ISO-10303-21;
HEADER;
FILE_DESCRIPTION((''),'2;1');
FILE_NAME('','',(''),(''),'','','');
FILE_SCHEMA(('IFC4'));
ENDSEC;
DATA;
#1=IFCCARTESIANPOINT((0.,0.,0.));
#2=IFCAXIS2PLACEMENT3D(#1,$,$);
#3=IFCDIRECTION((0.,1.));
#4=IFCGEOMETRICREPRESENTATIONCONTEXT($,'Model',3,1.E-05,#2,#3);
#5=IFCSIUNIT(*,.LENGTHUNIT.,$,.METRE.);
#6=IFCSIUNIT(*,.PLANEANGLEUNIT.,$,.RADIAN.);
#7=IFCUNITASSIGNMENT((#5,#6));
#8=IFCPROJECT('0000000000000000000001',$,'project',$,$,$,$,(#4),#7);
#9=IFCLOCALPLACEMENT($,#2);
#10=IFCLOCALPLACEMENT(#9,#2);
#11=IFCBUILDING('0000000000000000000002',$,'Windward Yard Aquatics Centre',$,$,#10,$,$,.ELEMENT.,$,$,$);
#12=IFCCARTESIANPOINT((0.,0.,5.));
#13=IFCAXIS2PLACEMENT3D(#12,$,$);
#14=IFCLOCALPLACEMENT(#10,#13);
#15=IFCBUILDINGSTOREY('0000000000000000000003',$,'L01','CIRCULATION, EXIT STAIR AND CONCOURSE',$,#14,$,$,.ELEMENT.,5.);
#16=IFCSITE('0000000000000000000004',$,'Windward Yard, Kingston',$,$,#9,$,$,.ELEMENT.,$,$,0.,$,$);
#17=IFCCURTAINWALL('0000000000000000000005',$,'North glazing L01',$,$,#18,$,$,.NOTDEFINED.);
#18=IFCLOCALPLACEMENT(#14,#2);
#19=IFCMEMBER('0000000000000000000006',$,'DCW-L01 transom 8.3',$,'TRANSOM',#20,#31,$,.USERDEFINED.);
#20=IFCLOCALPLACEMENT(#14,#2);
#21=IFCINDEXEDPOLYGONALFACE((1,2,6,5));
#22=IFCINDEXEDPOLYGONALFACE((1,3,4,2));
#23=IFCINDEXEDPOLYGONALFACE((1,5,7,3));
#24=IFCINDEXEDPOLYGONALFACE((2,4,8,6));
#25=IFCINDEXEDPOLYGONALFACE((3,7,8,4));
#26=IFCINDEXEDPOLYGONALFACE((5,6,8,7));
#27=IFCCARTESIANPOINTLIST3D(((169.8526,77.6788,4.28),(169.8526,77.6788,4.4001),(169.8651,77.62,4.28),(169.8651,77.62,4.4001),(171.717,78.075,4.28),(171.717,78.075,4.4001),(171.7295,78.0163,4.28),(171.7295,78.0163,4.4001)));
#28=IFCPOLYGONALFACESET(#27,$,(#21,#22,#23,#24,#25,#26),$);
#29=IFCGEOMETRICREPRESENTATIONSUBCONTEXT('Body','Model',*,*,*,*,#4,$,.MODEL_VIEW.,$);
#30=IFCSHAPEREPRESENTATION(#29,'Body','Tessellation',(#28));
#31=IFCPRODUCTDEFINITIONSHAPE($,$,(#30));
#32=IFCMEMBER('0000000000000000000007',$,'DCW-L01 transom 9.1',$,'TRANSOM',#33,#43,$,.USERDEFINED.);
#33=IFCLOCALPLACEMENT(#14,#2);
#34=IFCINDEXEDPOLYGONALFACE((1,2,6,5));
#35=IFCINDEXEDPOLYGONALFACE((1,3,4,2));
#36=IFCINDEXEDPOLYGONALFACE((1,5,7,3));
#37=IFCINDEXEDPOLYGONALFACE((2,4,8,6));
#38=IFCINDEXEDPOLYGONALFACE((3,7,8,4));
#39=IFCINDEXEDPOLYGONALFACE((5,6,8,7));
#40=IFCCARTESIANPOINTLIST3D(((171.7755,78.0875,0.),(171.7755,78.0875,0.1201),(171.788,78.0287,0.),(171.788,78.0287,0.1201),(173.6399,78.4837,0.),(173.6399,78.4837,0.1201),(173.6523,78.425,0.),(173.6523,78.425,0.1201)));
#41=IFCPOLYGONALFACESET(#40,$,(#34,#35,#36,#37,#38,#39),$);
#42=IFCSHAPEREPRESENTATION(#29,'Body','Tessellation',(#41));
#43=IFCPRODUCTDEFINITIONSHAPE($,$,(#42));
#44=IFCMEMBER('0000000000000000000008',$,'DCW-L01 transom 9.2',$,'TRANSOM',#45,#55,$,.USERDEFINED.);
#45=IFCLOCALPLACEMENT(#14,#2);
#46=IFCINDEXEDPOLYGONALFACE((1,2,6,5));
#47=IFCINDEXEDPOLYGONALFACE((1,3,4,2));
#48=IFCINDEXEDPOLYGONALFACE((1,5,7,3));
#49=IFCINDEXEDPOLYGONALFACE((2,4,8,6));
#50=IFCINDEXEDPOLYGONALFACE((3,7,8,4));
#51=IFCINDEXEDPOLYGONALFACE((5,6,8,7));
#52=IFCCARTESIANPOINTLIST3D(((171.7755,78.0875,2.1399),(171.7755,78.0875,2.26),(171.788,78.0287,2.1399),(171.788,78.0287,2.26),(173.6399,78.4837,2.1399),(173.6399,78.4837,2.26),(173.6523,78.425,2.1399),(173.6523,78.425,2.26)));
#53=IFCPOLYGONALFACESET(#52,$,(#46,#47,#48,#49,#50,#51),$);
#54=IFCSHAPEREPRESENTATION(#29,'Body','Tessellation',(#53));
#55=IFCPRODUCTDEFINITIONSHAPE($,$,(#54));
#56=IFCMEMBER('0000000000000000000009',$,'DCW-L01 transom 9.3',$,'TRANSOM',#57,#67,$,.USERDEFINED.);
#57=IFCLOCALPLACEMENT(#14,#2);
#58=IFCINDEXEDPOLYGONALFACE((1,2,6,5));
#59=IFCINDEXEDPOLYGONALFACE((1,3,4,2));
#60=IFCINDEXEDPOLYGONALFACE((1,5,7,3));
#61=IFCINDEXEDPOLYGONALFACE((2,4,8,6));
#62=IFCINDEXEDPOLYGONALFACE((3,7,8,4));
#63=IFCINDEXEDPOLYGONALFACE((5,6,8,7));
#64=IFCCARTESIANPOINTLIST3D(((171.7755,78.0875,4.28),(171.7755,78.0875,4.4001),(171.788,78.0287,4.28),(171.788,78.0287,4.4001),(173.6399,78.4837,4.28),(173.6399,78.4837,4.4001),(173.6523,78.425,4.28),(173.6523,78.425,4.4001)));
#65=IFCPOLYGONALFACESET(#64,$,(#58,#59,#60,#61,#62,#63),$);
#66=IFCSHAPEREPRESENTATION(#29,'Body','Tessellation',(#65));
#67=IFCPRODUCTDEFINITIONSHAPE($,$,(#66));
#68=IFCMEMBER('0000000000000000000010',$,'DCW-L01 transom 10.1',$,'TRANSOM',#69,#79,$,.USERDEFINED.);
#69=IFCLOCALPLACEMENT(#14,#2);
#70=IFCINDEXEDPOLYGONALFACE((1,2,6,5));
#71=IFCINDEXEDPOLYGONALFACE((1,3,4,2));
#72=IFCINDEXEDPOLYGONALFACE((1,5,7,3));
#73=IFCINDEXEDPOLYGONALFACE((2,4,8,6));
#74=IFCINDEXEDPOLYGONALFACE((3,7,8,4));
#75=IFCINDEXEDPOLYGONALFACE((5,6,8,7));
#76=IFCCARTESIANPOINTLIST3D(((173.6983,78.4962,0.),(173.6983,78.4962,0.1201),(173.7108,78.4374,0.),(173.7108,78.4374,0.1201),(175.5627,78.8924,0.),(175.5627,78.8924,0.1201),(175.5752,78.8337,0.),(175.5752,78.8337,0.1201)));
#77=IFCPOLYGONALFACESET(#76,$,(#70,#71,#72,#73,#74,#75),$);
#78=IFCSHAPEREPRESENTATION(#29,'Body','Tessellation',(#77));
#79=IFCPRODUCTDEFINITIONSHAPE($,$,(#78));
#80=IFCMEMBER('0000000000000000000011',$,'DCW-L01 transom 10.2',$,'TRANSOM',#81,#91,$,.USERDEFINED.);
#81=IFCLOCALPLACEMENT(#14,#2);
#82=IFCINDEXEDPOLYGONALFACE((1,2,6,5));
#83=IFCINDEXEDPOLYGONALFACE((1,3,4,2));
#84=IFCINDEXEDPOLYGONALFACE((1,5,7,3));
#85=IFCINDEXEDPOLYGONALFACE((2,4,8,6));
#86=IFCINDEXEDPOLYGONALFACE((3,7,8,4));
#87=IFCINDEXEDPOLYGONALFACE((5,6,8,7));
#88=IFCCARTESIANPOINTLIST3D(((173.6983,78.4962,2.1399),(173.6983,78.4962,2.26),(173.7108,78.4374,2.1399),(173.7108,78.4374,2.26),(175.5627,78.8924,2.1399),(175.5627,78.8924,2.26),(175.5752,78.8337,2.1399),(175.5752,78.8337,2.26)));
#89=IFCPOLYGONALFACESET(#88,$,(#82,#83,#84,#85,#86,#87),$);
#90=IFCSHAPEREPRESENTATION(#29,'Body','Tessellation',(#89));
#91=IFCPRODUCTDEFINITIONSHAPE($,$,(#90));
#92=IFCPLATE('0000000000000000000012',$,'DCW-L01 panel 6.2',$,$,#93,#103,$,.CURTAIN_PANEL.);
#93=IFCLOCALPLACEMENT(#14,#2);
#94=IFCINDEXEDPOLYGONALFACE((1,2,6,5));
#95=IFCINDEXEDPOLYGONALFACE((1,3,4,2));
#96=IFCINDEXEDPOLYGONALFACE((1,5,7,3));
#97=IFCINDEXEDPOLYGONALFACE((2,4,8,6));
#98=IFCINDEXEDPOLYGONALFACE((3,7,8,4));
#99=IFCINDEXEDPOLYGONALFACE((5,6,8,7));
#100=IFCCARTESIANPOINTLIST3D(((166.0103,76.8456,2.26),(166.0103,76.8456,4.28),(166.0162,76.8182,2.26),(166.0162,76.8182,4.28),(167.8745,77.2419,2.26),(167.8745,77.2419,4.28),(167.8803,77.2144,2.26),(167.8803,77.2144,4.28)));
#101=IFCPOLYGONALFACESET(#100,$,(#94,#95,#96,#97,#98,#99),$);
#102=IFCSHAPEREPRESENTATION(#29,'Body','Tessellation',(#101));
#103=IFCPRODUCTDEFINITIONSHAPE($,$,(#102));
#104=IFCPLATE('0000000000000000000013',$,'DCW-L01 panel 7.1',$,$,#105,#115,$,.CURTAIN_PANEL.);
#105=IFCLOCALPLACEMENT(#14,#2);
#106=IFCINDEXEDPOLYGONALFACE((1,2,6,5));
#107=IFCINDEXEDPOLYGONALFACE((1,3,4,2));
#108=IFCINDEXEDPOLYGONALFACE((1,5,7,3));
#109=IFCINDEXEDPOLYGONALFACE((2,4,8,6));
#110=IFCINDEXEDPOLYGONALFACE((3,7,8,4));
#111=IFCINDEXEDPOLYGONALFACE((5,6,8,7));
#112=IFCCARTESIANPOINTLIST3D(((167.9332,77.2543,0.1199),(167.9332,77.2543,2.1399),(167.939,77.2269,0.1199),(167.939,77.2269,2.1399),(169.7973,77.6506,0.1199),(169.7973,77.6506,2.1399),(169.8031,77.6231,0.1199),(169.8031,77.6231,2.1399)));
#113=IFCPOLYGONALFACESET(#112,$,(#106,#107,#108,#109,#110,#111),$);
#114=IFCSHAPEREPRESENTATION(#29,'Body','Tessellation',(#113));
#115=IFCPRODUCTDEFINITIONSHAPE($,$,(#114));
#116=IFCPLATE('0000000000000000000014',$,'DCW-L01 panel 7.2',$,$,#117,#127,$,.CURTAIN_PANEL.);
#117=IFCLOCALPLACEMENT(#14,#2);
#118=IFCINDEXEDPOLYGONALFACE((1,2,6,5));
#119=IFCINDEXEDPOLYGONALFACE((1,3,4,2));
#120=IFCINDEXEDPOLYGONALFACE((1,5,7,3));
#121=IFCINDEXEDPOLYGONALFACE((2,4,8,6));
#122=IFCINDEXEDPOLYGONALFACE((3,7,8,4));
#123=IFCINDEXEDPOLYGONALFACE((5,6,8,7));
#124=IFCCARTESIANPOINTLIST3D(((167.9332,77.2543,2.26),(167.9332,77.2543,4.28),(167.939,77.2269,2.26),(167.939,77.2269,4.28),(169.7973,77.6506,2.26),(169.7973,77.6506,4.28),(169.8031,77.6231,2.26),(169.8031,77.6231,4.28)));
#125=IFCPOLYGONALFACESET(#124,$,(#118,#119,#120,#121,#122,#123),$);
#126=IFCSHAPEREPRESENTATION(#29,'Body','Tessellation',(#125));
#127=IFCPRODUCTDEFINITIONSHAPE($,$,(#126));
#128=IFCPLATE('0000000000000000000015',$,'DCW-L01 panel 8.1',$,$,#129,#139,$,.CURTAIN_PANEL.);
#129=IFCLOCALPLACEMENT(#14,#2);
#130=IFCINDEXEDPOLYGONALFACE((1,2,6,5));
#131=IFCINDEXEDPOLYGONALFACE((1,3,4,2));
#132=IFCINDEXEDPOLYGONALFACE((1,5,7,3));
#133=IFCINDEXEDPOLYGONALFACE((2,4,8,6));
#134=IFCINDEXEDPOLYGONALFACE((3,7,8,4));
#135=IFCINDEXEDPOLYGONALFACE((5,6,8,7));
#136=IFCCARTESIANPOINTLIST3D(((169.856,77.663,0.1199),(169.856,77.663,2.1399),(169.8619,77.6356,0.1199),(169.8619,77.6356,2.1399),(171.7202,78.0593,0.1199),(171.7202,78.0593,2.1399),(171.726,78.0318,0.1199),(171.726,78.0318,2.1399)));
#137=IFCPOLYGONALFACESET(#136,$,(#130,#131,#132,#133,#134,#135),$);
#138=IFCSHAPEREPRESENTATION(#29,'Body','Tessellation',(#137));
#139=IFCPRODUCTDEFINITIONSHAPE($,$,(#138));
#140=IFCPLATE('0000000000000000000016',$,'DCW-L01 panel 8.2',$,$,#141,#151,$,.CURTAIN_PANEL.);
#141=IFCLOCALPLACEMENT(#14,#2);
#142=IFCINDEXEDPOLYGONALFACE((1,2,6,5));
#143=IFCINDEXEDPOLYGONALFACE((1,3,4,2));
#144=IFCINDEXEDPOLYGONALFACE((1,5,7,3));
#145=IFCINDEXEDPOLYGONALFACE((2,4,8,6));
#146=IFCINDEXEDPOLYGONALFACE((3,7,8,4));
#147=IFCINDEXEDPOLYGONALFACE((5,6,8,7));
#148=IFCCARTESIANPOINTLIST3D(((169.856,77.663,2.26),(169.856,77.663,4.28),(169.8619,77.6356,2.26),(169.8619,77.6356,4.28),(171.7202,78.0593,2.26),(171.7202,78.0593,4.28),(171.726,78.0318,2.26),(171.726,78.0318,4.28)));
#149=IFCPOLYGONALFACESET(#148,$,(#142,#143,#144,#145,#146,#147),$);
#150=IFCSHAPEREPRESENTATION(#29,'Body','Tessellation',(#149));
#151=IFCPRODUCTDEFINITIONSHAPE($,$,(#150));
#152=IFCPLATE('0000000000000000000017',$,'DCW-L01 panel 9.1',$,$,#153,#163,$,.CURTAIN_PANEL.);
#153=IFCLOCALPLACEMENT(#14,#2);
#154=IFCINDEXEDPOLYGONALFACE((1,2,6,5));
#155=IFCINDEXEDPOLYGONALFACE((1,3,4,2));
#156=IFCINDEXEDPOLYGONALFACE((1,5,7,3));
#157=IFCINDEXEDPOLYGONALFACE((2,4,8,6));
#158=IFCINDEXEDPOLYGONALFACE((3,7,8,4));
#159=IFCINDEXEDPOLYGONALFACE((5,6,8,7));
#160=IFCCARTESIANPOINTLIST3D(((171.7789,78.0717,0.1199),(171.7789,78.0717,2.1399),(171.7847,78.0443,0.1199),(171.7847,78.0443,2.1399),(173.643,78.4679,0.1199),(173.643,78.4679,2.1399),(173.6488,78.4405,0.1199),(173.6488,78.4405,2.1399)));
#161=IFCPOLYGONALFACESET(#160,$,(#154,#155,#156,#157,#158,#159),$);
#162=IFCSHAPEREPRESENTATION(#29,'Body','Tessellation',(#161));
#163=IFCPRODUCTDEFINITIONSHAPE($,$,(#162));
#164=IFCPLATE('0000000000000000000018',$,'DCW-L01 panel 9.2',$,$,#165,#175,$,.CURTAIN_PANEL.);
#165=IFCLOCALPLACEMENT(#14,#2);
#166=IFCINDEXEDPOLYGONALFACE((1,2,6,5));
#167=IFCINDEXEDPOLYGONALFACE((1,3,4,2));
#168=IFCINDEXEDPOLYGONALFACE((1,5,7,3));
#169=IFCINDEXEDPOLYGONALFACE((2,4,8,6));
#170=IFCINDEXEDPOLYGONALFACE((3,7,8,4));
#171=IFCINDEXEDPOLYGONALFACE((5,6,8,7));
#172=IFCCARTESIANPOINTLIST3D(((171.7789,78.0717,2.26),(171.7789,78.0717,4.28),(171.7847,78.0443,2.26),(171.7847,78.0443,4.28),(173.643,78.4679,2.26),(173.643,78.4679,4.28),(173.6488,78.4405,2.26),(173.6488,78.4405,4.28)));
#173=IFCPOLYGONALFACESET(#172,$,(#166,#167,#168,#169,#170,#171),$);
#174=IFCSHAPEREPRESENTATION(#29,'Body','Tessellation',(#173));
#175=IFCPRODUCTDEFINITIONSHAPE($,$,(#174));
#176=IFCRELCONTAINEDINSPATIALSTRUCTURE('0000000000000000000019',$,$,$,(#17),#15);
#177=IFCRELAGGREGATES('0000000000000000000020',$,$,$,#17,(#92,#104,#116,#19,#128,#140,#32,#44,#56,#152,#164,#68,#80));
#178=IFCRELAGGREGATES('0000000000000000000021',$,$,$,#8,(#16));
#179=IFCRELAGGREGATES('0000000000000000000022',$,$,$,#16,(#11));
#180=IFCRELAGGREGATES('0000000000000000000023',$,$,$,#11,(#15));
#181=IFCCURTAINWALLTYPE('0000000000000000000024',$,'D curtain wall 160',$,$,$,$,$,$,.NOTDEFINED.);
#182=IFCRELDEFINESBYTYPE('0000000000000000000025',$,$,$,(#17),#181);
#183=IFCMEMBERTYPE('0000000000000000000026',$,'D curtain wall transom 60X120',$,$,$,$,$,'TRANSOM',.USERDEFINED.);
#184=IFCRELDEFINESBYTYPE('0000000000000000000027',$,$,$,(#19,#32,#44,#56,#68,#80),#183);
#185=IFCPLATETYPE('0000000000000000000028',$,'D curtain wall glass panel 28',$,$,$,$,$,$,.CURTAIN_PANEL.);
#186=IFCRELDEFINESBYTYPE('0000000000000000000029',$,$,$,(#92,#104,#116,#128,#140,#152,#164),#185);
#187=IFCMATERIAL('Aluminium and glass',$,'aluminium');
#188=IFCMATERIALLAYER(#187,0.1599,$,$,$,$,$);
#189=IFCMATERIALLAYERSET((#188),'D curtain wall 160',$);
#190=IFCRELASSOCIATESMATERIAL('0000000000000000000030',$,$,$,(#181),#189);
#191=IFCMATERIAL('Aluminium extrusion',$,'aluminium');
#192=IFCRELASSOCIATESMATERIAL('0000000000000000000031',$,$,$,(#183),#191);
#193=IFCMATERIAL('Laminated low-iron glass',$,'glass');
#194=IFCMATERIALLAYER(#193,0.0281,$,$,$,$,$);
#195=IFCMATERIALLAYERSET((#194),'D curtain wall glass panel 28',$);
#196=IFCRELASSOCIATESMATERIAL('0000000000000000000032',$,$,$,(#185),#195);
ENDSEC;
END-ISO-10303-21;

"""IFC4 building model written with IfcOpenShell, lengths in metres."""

from ifc_helpers import new_model, si_unit, direction, frame, origin, origin_2d, place, context, subcontext, project, spatial, rectangle, extrude, material, layer, layer_set, material_profile, profile_set, type_object, element, aggregate, save


model = new_model("IFC4")

# Units and contexts
model_context = context("Model", 3, precision=1e-05, world=origin(), true_north=direction((0.0, 1.0)))
body_context = subcontext(model_context, "Body", "Model", "MODEL_VIEW")
ifc_project = project(units=[si_unit("LENGTHUNIT", "METRE"), si_unit("PLANEANGLEUNIT", "RADIAN")], contexts=[model_context])

# Site, building, storey
site_placement = place(None, origin())
site = spatial("IfcSite", under=ifc_project, at=site_placement, Name="Windward Yard, Kingston", CompositionType="ELEMENT", RefElevation=0.0)
building_placement = place(site_placement, origin())
building = spatial("IfcBuilding", under=site, at=building_placement, Name="Windward Yard Aquatics Centre", CompositionType="ELEMENT")
storey_placement = place(building_placement, frame((0.0, 0.0, 5.0)))
storey = spatial("IfcBuildingStorey", under=building, at=storey_placement, Name="L01", Description="CIRCULATION, EXIT STAIR AND CONCOURSE", CompositionType="ELEMENT", Elevation=5.0)

# Curtain wall, members, plates
ifc_material_1 = material(Name="Aluminium and glass", Category="aluminium")
ifc_layer_1 = layer(ifc_material_1, 0.1599)
ifc_layer_set_1 = layer_set([ifc_layer_1], Name="D curtain wall 160")
curtain_wall_type = type_object("IfcCurtainWallType", Name="D curtain wall 160", PredefinedType="NOTDEFINED", material=ifc_layer_set_1)
curtain_wall_placement = place(storey_placement, origin())
curtain_wall = element("IfcCurtainWall", 1, at=curtain_wall_placement, inside=storey, type_object=curtain_wall_type, Name="North glazing L01", PredefinedType="NOTDEFINED")
ifc_material_2 = material(Name="Aluminium extrusion", Category="aluminium")
ifc_material_profile_1 = material_profile(ifc_material_2, rectangle(XDim=0.0601, YDim=0.1201, at=origin_2d()), Name="TRANSOM 60X120")
ifc_profile_set_1 = profile_set([ifc_material_profile_1], Name="Aluminium extrusion")
member_type_1 = type_object("IfcMemberType", Name="D curtain wall transom 60X120", ElementType="TRANSOM", PredefinedType="USERDEFINED", material=ifc_profile_set_1)
member_1_placement = place(storey_placement, frame((169.8589, 77.6494, 4.3401), z_axis=(0.97815, 0.207902, 0.0), x_axis=(-0.207902, 0.97815, 0.0)))
member_1 = element("IfcMember", 2, at=member_1_placement, type_object=member_type_1, Name="DCW-L01 transom 8.3", ObjectType="TRANSOM", PredefinedType="USERDEFINED", context=body_context, shape_type="SweptSolid", body=[
    extrude(rectangle(XDim=0.0601, YDim=0.1201, at=origin_2d()), origin(), (0.0, 0.0, 1.0), 1.906),
])
member_2_placement = place(storey_placement, frame((171.7817, 78.0581, 0.0601), z_axis=(0.97815, 0.207902, 0.0), x_axis=(-0.207902, 0.97815, 0.0)))
member_2 = element("IfcMember", 3, at=member_2_placement, type_object=member_type_1, Name="DCW-L01 transom 9.1", ObjectType="TRANSOM", PredefinedType="USERDEFINED", context=body_context, shape_type="SweptSolid", body=[
    extrude(rectangle(XDim=0.0601, YDim=0.1201, at=origin_2d()), origin(), (0.0, 0.0, 1.0), 1.906),
])
member_3_placement = place(storey_placement, frame((171.7817, 78.0581, 2.2), z_axis=(0.97815, 0.207902, 0.0), x_axis=(-0.207902, 0.97815, 0.0)))
member_3 = element("IfcMember", 4, at=member_3_placement, type_object=member_type_1, Name="DCW-L01 transom 9.2", ObjectType="TRANSOM", PredefinedType="USERDEFINED", context=body_context, shape_type="SweptSolid", body=[
    extrude(rectangle(XDim=0.0601, YDim=0.1201, at=origin_2d()), origin(), (0.0, 0.0, 1.0), 1.906),
])
member_4_placement = place(storey_placement, frame((171.7817, 78.0581, 4.3401), z_axis=(0.97815, 0.207902, 0.0), x_axis=(-0.207902, 0.97815, 0.0)))
member_4 = element("IfcMember", 5, at=member_4_placement, type_object=member_type_1, Name="DCW-L01 transom 9.3", ObjectType="TRANSOM", PredefinedType="USERDEFINED", context=body_context, shape_type="SweptSolid", body=[
    extrude(rectangle(XDim=0.0601, YDim=0.1201, at=origin_2d()), origin(), (0.0, 0.0, 1.0), 1.906),
])
member_5_placement = place(storey_placement, frame((173.7046, 78.4668, 0.0601), z_axis=(0.97815, 0.207902, 0.0), x_axis=(-0.207902, 0.97815, 0.0)))
member_5 = element("IfcMember", 6, at=member_5_placement, type_object=member_type_1, Name="DCW-L01 transom 10.1", ObjectType="TRANSOM", PredefinedType="USERDEFINED", context=body_context, shape_type="SweptSolid", body=[
    extrude(rectangle(XDim=0.0601, YDim=0.1201, at=origin_2d()), origin(), (0.0, 0.0, 1.0), 1.906),
])
member_6_placement = place(storey_placement, frame((173.7046, 78.4668, 2.2), z_axis=(0.97815, 0.207902, 0.0), x_axis=(-0.207902, 0.97815, 0.0)))
member_6 = element("IfcMember", 7, at=member_6_placement, type_object=member_type_1, Name="DCW-L01 transom 10.2", ObjectType="TRANSOM", PredefinedType="USERDEFINED", context=body_context, shape_type="SweptSolid", body=[
    extrude(rectangle(XDim=0.0601, YDim=0.1201, at=origin_2d()), origin(), (0.0, 0.0, 1.0), 1.906),
])
ifc_material_3 = material(Name="Laminated low-iron glass", Category="glass")
ifc_layer_2 = layer(ifc_material_3, 0.0281)
ifc_layer_set_2 = layer_set([ifc_layer_2], Name="D curtain wall glass panel 28")
plate_type = type_object("IfcPlateType", Name="D curtain wall glass panel 28", PredefinedType="CURTAIN_PANEL", material=ifc_layer_set_2)
plate_1_placement = place(storey_placement, frame((166.9453, 77.03, 2.26), z_axis=(0.0, 0.0, 1.0), x_axis=(0.978148, 0.207912, 0.0)))
plate_1 = element("IfcPlate", 8, at=plate_1_placement, type_object=plate_type, Name="DCW-L01 panel 6.2", PredefinedType="CURTAIN_PANEL", context=body_context, shape_type="SweptSolid", body=[
    extrude(rectangle(XDim=1.9058, YDim=0.0281, at=origin_2d()), origin(), (0.0, 0.0, 1.0), 2.02),
])
plate_2_placement = place(storey_placement, frame((168.8682, 77.4387, 0.1199), z_axis=(0.0, 0.0, 1.0), x_axis=(0.978148, 0.207912, 0.0)))
plate_2 = element("IfcPlate", 9, at=plate_2_placement, type_object=plate_type, Name="DCW-L01 panel 7.1", PredefinedType="CURTAIN_PANEL", context=body_context, shape_type="SweptSolid", body=[
    extrude(rectangle(XDim=1.9058, YDim=0.0281, at=origin_2d()), origin(), (0.0, 0.0, 1.0), 2.02),
])
plate_3_placement = place(storey_placement, frame((168.8682, 77.4387, 2.26), z_axis=(0.0, 0.0, 1.0), x_axis=(0.978148, 0.207912, 0.0)))
plate_3 = element("IfcPlate", 10, at=plate_3_placement, type_object=plate_type, Name="DCW-L01 panel 7.2", PredefinedType="CURTAIN_PANEL", context=body_context, shape_type="SweptSolid", body=[
    extrude(rectangle(XDim=1.9058, YDim=0.0281, at=origin_2d()), origin(), (0.0, 0.0, 1.0), 2.02),
])
plate_4_placement = place(storey_placement, frame((170.791, 77.8474, 0.1199), z_axis=(0.0, 0.0, 1.0), x_axis=(0.978148, 0.207912, 0.0)))
plate_4 = element("IfcPlate", 11, at=plate_4_placement, type_object=plate_type, Name="DCW-L01 panel 8.1", PredefinedType="CURTAIN_PANEL", context=body_context, shape_type="SweptSolid", body=[
    extrude(rectangle(XDim=1.9058, YDim=0.0281, at=origin_2d()), origin(), (0.0, 0.0, 1.0), 2.02),
])
plate_5_placement = place(storey_placement, frame((170.791, 77.8474, 2.26), z_axis=(0.0, 0.0, 1.0), x_axis=(0.978148, 0.207912, 0.0)))
plate_5 = element("IfcPlate", 12, at=plate_5_placement, type_object=plate_type, Name="DCW-L01 panel 8.2", PredefinedType="CURTAIN_PANEL", context=body_context, shape_type="SweptSolid", body=[
    extrude(rectangle(XDim=1.9058, YDim=0.0281, at=origin_2d()), origin(), (0.0, 0.0, 1.0), 2.02),
])
plate_6_placement = place(storey_placement, frame((172.7139, 78.2561, 0.1199), z_axis=(0.0, 0.0, 1.0), x_axis=(0.978148, 0.207912, 0.0)))
plate_6 = element("IfcPlate", 13, at=plate_6_placement, type_object=plate_type, Name="DCW-L01 panel 9.1", PredefinedType="CURTAIN_PANEL", context=body_context, shape_type="SweptSolid", body=[
    extrude(rectangle(XDim=1.9058, YDim=0.0281, at=origin_2d()), origin(), (0.0, 0.0, 1.0), 2.02),
])
plate_7_placement = place(storey_placement, frame((172.7139, 78.2561, 2.26), z_axis=(0.0, 0.0, 1.0), x_axis=(0.978148, 0.207912, 0.0)))
plate_7 = element("IfcPlate", 14, at=plate_7_placement, type_object=plate_type, Name="DCW-L01 panel 9.2", PredefinedType="CURTAIN_PANEL", context=body_context, shape_type="SweptSolid", body=[
    extrude(rectangle(XDim=1.9058, YDim=0.0281, at=origin_2d()), origin(), (0.0, 0.0, 1.0), 2.02),
])
aggregate(curtain_wall, [plate_1, plate_2, plate_3, member_1, plate_4, plate_5, member_2, member_3, member_4, plate_6, plate_7, member_5, member_6])

save(model, "model.ifc")
